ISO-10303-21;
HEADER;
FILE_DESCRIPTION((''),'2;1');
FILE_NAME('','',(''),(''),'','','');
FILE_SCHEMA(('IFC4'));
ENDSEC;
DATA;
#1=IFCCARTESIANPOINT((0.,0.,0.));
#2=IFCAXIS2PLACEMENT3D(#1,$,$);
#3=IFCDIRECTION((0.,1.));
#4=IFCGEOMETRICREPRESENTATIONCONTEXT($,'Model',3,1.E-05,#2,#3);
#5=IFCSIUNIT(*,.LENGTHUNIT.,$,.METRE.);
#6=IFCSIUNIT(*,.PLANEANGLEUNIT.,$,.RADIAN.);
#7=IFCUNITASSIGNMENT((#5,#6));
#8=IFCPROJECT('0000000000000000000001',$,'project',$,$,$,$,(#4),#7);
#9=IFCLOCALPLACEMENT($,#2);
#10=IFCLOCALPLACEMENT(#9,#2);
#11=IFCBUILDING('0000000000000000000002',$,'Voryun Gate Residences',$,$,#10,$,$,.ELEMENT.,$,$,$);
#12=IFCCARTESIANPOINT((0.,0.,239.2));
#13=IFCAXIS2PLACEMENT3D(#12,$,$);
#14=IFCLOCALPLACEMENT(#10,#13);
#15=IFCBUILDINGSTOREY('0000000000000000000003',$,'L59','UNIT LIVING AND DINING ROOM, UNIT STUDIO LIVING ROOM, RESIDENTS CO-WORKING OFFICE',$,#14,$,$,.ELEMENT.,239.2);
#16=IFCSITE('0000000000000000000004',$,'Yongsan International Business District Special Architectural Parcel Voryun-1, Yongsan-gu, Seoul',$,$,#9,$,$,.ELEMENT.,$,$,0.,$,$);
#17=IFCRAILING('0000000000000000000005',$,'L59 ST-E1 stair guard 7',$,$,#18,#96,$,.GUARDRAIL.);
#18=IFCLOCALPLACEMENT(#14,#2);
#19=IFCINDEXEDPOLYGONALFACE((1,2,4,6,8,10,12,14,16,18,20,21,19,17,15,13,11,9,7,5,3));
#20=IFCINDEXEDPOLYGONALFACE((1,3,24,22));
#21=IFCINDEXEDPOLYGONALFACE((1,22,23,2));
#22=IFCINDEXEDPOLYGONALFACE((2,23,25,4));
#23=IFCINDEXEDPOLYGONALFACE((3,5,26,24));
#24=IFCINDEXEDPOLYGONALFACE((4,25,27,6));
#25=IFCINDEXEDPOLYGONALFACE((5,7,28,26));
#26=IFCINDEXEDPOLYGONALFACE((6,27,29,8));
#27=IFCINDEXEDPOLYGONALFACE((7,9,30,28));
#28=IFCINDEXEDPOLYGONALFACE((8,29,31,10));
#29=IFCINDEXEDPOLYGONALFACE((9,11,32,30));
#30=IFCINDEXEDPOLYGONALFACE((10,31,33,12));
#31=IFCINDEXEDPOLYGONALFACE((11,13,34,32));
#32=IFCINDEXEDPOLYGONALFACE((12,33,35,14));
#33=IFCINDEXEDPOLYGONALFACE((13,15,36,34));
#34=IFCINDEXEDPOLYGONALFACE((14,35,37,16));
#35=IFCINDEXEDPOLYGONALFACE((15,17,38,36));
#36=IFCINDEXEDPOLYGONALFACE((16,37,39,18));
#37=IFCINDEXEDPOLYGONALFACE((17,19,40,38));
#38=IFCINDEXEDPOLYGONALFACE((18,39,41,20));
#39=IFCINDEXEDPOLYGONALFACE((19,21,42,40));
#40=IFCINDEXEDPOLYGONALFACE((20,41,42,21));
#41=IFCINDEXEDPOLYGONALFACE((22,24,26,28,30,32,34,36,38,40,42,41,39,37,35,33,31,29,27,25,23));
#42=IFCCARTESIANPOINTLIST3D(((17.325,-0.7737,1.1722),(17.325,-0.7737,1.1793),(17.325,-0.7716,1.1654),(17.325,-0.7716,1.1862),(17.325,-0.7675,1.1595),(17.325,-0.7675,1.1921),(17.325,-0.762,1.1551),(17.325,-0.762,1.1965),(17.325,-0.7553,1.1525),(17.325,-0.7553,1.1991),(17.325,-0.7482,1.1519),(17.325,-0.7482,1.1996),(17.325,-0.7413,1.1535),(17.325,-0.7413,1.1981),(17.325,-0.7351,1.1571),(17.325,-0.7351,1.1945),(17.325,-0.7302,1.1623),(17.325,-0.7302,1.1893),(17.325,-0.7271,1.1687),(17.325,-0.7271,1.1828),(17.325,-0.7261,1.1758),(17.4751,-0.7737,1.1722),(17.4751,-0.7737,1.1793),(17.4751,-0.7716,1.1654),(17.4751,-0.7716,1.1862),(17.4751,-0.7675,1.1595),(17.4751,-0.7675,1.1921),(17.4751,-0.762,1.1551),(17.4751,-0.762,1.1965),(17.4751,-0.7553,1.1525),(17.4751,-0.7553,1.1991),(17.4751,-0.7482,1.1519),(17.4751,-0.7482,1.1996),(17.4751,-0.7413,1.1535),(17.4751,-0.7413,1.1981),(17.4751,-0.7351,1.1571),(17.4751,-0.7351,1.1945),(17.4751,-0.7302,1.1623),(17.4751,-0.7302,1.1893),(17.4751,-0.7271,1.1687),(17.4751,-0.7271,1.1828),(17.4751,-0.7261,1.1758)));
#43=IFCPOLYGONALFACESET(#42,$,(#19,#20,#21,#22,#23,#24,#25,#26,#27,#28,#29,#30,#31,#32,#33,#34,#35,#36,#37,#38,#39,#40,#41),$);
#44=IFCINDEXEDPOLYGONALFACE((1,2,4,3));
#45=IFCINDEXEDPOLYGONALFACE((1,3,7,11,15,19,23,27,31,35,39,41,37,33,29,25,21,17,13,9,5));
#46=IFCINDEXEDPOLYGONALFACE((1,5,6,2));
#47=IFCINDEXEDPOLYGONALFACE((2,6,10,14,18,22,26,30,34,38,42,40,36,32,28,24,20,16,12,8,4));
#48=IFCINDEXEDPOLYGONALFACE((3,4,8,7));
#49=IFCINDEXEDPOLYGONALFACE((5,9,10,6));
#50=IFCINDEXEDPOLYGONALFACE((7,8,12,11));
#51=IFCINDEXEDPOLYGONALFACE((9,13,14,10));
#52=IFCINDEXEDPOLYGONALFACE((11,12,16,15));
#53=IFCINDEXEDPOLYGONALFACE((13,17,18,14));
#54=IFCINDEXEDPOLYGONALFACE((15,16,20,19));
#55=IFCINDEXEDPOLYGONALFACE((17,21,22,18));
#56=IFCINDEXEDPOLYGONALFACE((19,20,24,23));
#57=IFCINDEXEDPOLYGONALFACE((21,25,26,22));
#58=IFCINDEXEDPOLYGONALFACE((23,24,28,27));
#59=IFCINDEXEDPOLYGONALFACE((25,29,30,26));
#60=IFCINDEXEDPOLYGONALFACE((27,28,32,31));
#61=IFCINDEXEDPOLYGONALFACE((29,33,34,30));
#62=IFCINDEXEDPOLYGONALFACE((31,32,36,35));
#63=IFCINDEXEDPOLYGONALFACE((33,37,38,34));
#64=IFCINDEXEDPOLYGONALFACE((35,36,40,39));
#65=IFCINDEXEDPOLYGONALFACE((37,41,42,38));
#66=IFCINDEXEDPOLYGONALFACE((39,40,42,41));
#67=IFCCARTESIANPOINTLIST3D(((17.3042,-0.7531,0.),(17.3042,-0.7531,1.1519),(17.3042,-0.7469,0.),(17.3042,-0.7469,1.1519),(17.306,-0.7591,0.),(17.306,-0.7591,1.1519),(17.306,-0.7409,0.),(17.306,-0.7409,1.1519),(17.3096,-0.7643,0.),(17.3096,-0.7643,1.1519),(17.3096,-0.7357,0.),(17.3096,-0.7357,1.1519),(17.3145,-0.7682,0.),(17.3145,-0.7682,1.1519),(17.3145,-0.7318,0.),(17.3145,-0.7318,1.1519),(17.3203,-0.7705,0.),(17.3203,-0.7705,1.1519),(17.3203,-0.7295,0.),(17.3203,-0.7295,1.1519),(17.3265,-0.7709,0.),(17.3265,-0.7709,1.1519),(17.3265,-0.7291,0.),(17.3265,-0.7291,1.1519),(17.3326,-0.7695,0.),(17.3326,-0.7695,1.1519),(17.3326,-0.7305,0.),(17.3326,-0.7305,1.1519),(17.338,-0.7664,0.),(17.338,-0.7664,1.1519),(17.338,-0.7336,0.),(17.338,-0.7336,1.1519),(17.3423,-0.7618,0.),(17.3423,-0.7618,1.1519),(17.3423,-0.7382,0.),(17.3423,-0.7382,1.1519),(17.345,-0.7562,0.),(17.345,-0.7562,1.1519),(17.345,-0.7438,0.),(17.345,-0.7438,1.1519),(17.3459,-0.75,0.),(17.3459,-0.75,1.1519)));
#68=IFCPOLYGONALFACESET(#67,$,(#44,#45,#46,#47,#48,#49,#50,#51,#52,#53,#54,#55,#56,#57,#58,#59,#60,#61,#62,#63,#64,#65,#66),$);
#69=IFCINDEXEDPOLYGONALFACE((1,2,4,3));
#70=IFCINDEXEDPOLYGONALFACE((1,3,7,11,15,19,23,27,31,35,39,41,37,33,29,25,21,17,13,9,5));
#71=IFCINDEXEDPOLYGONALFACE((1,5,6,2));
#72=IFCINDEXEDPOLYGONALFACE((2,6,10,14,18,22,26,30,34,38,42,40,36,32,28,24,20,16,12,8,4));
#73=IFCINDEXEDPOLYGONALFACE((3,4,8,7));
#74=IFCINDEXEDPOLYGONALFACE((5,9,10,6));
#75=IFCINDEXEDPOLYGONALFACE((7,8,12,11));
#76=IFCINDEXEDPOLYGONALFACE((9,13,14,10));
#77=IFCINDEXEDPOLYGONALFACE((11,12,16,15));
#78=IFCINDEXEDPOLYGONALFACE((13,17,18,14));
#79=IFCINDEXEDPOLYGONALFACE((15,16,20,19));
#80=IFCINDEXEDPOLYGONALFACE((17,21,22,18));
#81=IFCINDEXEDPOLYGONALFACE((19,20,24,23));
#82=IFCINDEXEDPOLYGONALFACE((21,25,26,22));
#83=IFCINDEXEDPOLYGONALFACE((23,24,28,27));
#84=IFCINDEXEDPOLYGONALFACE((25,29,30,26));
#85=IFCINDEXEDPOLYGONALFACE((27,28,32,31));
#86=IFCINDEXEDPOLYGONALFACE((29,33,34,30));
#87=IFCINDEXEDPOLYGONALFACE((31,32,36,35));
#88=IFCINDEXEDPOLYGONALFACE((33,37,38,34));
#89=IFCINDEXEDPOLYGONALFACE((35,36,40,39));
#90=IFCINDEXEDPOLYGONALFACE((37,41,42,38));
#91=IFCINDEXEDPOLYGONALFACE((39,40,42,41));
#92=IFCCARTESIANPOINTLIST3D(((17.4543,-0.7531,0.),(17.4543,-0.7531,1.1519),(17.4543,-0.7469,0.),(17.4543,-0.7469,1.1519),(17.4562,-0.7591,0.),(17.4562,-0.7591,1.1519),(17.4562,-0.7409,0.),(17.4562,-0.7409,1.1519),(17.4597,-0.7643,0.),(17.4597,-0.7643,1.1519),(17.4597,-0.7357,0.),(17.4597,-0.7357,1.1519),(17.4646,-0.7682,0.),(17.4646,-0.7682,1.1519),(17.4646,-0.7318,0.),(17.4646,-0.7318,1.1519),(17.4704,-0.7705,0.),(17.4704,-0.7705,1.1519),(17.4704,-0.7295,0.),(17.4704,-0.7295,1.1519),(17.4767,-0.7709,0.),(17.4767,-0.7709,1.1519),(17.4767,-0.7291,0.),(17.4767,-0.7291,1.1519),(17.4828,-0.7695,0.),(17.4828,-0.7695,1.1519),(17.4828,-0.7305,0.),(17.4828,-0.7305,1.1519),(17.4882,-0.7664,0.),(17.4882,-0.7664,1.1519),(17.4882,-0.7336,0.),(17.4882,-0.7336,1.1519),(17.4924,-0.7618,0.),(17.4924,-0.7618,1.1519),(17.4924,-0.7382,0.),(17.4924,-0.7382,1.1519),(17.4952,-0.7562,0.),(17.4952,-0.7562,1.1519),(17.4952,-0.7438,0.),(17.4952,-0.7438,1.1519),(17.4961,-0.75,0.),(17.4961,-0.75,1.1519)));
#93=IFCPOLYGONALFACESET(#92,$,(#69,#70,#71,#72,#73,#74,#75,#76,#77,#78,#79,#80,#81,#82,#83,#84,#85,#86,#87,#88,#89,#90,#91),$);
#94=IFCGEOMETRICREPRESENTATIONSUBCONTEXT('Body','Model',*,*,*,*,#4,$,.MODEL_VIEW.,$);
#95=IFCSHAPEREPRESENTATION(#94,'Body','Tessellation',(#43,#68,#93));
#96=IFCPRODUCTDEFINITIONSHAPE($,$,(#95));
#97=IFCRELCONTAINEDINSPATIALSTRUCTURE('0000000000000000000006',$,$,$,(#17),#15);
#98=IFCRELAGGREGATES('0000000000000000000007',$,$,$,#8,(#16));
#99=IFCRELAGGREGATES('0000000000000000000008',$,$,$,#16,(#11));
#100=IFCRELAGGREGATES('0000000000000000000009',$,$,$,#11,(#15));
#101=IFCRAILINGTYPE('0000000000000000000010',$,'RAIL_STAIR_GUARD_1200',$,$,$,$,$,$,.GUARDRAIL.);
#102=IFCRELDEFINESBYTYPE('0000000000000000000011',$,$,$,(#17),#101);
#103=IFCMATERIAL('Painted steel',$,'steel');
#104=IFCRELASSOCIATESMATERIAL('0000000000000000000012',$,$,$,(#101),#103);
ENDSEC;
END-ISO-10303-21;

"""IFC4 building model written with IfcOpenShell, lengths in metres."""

from ifc_helpers import new_model, si_unit, direction, frame, origin, origin_2d, place, context, subcontext, project, spatial, circle, extrude, material, type_object, element, save


model = new_model("IFC4")

# Units and contexts
model_context = context("Model", 3, precision=1e-05, world=origin(), true_north=direction((0.0, 1.0)))
body_context = subcontext(model_context, "Body", "Model", "MODEL_VIEW")
ifc_project = project(units=[si_unit("LENGTHUNIT", "METRE"), si_unit("PLANEANGLEUNIT", "RADIAN")], contexts=[model_context])

# Site, building, storey
site_placement = place(None, origin())
site = spatial("IfcSite", under=ifc_project, at=site_placement, Name="Yongsan International Business District Special Architectural Parcel Voryun-1, Yongsan-gu, Seoul", CompositionType="ELEMENT", RefElevation=0.0)
building_placement = place(site_placement, origin())
building = spatial("IfcBuilding", under=site, at=building_placement, Name="Voryun Gate Residences", CompositionType="ELEMENT")
storey_placement = place(building_placement, frame((0.0, 0.0, 239.2)))
storey = spatial("IfcBuildingStorey", under=building, at=storey_placement, Name="L59", Description="UNIT LIVING AND DINING ROOM, UNIT STUDIO LIVING ROOM, RESIDENTS CO-WORKING OFFICE", CompositionType="ELEMENT", Elevation=239.2)

# Railing
ifc_material_1 = material(Name="Painted steel", Category="steel")
railing_type_1 = type_object("IfcRailingType", Name="RAIL_STAIR_GUARD_1200", PredefinedType="GUARDRAIL", material=ifc_material_1)
railing_1_placement = place(storey_placement, frame((17.325, -0.75, 0.0)))
element("IfcRailing", 1, at=railing_1_placement, inside=storey, type_object=railing_type_1, Name="L59 ST-E1 stair guard 7", PredefinedType="GUARDRAIL", context=body_context, shape_type="SweptSolid", body=[
    extrude(circle(Radius=0.0239, at=origin_2d()), frame((0.0, 0.0, 1.1758), z_axis=(1.0, 0.0, 0.0), x_axis=(0.0, 1.0, 0.0)), (0.0, 0.0, 1.0), 0.1501),
    extrude(circle(Radius=0.021, at=origin_2d()), origin(), (0.0, 0.0, 1.0), 1.1519),
    extrude(circle(Radius=0.021, at=origin_2d()), frame((0.1501, 0.0, 0.0)), (0.0, 0.0, 1.0), 1.1519),
])

save(model, "model.ifc")
